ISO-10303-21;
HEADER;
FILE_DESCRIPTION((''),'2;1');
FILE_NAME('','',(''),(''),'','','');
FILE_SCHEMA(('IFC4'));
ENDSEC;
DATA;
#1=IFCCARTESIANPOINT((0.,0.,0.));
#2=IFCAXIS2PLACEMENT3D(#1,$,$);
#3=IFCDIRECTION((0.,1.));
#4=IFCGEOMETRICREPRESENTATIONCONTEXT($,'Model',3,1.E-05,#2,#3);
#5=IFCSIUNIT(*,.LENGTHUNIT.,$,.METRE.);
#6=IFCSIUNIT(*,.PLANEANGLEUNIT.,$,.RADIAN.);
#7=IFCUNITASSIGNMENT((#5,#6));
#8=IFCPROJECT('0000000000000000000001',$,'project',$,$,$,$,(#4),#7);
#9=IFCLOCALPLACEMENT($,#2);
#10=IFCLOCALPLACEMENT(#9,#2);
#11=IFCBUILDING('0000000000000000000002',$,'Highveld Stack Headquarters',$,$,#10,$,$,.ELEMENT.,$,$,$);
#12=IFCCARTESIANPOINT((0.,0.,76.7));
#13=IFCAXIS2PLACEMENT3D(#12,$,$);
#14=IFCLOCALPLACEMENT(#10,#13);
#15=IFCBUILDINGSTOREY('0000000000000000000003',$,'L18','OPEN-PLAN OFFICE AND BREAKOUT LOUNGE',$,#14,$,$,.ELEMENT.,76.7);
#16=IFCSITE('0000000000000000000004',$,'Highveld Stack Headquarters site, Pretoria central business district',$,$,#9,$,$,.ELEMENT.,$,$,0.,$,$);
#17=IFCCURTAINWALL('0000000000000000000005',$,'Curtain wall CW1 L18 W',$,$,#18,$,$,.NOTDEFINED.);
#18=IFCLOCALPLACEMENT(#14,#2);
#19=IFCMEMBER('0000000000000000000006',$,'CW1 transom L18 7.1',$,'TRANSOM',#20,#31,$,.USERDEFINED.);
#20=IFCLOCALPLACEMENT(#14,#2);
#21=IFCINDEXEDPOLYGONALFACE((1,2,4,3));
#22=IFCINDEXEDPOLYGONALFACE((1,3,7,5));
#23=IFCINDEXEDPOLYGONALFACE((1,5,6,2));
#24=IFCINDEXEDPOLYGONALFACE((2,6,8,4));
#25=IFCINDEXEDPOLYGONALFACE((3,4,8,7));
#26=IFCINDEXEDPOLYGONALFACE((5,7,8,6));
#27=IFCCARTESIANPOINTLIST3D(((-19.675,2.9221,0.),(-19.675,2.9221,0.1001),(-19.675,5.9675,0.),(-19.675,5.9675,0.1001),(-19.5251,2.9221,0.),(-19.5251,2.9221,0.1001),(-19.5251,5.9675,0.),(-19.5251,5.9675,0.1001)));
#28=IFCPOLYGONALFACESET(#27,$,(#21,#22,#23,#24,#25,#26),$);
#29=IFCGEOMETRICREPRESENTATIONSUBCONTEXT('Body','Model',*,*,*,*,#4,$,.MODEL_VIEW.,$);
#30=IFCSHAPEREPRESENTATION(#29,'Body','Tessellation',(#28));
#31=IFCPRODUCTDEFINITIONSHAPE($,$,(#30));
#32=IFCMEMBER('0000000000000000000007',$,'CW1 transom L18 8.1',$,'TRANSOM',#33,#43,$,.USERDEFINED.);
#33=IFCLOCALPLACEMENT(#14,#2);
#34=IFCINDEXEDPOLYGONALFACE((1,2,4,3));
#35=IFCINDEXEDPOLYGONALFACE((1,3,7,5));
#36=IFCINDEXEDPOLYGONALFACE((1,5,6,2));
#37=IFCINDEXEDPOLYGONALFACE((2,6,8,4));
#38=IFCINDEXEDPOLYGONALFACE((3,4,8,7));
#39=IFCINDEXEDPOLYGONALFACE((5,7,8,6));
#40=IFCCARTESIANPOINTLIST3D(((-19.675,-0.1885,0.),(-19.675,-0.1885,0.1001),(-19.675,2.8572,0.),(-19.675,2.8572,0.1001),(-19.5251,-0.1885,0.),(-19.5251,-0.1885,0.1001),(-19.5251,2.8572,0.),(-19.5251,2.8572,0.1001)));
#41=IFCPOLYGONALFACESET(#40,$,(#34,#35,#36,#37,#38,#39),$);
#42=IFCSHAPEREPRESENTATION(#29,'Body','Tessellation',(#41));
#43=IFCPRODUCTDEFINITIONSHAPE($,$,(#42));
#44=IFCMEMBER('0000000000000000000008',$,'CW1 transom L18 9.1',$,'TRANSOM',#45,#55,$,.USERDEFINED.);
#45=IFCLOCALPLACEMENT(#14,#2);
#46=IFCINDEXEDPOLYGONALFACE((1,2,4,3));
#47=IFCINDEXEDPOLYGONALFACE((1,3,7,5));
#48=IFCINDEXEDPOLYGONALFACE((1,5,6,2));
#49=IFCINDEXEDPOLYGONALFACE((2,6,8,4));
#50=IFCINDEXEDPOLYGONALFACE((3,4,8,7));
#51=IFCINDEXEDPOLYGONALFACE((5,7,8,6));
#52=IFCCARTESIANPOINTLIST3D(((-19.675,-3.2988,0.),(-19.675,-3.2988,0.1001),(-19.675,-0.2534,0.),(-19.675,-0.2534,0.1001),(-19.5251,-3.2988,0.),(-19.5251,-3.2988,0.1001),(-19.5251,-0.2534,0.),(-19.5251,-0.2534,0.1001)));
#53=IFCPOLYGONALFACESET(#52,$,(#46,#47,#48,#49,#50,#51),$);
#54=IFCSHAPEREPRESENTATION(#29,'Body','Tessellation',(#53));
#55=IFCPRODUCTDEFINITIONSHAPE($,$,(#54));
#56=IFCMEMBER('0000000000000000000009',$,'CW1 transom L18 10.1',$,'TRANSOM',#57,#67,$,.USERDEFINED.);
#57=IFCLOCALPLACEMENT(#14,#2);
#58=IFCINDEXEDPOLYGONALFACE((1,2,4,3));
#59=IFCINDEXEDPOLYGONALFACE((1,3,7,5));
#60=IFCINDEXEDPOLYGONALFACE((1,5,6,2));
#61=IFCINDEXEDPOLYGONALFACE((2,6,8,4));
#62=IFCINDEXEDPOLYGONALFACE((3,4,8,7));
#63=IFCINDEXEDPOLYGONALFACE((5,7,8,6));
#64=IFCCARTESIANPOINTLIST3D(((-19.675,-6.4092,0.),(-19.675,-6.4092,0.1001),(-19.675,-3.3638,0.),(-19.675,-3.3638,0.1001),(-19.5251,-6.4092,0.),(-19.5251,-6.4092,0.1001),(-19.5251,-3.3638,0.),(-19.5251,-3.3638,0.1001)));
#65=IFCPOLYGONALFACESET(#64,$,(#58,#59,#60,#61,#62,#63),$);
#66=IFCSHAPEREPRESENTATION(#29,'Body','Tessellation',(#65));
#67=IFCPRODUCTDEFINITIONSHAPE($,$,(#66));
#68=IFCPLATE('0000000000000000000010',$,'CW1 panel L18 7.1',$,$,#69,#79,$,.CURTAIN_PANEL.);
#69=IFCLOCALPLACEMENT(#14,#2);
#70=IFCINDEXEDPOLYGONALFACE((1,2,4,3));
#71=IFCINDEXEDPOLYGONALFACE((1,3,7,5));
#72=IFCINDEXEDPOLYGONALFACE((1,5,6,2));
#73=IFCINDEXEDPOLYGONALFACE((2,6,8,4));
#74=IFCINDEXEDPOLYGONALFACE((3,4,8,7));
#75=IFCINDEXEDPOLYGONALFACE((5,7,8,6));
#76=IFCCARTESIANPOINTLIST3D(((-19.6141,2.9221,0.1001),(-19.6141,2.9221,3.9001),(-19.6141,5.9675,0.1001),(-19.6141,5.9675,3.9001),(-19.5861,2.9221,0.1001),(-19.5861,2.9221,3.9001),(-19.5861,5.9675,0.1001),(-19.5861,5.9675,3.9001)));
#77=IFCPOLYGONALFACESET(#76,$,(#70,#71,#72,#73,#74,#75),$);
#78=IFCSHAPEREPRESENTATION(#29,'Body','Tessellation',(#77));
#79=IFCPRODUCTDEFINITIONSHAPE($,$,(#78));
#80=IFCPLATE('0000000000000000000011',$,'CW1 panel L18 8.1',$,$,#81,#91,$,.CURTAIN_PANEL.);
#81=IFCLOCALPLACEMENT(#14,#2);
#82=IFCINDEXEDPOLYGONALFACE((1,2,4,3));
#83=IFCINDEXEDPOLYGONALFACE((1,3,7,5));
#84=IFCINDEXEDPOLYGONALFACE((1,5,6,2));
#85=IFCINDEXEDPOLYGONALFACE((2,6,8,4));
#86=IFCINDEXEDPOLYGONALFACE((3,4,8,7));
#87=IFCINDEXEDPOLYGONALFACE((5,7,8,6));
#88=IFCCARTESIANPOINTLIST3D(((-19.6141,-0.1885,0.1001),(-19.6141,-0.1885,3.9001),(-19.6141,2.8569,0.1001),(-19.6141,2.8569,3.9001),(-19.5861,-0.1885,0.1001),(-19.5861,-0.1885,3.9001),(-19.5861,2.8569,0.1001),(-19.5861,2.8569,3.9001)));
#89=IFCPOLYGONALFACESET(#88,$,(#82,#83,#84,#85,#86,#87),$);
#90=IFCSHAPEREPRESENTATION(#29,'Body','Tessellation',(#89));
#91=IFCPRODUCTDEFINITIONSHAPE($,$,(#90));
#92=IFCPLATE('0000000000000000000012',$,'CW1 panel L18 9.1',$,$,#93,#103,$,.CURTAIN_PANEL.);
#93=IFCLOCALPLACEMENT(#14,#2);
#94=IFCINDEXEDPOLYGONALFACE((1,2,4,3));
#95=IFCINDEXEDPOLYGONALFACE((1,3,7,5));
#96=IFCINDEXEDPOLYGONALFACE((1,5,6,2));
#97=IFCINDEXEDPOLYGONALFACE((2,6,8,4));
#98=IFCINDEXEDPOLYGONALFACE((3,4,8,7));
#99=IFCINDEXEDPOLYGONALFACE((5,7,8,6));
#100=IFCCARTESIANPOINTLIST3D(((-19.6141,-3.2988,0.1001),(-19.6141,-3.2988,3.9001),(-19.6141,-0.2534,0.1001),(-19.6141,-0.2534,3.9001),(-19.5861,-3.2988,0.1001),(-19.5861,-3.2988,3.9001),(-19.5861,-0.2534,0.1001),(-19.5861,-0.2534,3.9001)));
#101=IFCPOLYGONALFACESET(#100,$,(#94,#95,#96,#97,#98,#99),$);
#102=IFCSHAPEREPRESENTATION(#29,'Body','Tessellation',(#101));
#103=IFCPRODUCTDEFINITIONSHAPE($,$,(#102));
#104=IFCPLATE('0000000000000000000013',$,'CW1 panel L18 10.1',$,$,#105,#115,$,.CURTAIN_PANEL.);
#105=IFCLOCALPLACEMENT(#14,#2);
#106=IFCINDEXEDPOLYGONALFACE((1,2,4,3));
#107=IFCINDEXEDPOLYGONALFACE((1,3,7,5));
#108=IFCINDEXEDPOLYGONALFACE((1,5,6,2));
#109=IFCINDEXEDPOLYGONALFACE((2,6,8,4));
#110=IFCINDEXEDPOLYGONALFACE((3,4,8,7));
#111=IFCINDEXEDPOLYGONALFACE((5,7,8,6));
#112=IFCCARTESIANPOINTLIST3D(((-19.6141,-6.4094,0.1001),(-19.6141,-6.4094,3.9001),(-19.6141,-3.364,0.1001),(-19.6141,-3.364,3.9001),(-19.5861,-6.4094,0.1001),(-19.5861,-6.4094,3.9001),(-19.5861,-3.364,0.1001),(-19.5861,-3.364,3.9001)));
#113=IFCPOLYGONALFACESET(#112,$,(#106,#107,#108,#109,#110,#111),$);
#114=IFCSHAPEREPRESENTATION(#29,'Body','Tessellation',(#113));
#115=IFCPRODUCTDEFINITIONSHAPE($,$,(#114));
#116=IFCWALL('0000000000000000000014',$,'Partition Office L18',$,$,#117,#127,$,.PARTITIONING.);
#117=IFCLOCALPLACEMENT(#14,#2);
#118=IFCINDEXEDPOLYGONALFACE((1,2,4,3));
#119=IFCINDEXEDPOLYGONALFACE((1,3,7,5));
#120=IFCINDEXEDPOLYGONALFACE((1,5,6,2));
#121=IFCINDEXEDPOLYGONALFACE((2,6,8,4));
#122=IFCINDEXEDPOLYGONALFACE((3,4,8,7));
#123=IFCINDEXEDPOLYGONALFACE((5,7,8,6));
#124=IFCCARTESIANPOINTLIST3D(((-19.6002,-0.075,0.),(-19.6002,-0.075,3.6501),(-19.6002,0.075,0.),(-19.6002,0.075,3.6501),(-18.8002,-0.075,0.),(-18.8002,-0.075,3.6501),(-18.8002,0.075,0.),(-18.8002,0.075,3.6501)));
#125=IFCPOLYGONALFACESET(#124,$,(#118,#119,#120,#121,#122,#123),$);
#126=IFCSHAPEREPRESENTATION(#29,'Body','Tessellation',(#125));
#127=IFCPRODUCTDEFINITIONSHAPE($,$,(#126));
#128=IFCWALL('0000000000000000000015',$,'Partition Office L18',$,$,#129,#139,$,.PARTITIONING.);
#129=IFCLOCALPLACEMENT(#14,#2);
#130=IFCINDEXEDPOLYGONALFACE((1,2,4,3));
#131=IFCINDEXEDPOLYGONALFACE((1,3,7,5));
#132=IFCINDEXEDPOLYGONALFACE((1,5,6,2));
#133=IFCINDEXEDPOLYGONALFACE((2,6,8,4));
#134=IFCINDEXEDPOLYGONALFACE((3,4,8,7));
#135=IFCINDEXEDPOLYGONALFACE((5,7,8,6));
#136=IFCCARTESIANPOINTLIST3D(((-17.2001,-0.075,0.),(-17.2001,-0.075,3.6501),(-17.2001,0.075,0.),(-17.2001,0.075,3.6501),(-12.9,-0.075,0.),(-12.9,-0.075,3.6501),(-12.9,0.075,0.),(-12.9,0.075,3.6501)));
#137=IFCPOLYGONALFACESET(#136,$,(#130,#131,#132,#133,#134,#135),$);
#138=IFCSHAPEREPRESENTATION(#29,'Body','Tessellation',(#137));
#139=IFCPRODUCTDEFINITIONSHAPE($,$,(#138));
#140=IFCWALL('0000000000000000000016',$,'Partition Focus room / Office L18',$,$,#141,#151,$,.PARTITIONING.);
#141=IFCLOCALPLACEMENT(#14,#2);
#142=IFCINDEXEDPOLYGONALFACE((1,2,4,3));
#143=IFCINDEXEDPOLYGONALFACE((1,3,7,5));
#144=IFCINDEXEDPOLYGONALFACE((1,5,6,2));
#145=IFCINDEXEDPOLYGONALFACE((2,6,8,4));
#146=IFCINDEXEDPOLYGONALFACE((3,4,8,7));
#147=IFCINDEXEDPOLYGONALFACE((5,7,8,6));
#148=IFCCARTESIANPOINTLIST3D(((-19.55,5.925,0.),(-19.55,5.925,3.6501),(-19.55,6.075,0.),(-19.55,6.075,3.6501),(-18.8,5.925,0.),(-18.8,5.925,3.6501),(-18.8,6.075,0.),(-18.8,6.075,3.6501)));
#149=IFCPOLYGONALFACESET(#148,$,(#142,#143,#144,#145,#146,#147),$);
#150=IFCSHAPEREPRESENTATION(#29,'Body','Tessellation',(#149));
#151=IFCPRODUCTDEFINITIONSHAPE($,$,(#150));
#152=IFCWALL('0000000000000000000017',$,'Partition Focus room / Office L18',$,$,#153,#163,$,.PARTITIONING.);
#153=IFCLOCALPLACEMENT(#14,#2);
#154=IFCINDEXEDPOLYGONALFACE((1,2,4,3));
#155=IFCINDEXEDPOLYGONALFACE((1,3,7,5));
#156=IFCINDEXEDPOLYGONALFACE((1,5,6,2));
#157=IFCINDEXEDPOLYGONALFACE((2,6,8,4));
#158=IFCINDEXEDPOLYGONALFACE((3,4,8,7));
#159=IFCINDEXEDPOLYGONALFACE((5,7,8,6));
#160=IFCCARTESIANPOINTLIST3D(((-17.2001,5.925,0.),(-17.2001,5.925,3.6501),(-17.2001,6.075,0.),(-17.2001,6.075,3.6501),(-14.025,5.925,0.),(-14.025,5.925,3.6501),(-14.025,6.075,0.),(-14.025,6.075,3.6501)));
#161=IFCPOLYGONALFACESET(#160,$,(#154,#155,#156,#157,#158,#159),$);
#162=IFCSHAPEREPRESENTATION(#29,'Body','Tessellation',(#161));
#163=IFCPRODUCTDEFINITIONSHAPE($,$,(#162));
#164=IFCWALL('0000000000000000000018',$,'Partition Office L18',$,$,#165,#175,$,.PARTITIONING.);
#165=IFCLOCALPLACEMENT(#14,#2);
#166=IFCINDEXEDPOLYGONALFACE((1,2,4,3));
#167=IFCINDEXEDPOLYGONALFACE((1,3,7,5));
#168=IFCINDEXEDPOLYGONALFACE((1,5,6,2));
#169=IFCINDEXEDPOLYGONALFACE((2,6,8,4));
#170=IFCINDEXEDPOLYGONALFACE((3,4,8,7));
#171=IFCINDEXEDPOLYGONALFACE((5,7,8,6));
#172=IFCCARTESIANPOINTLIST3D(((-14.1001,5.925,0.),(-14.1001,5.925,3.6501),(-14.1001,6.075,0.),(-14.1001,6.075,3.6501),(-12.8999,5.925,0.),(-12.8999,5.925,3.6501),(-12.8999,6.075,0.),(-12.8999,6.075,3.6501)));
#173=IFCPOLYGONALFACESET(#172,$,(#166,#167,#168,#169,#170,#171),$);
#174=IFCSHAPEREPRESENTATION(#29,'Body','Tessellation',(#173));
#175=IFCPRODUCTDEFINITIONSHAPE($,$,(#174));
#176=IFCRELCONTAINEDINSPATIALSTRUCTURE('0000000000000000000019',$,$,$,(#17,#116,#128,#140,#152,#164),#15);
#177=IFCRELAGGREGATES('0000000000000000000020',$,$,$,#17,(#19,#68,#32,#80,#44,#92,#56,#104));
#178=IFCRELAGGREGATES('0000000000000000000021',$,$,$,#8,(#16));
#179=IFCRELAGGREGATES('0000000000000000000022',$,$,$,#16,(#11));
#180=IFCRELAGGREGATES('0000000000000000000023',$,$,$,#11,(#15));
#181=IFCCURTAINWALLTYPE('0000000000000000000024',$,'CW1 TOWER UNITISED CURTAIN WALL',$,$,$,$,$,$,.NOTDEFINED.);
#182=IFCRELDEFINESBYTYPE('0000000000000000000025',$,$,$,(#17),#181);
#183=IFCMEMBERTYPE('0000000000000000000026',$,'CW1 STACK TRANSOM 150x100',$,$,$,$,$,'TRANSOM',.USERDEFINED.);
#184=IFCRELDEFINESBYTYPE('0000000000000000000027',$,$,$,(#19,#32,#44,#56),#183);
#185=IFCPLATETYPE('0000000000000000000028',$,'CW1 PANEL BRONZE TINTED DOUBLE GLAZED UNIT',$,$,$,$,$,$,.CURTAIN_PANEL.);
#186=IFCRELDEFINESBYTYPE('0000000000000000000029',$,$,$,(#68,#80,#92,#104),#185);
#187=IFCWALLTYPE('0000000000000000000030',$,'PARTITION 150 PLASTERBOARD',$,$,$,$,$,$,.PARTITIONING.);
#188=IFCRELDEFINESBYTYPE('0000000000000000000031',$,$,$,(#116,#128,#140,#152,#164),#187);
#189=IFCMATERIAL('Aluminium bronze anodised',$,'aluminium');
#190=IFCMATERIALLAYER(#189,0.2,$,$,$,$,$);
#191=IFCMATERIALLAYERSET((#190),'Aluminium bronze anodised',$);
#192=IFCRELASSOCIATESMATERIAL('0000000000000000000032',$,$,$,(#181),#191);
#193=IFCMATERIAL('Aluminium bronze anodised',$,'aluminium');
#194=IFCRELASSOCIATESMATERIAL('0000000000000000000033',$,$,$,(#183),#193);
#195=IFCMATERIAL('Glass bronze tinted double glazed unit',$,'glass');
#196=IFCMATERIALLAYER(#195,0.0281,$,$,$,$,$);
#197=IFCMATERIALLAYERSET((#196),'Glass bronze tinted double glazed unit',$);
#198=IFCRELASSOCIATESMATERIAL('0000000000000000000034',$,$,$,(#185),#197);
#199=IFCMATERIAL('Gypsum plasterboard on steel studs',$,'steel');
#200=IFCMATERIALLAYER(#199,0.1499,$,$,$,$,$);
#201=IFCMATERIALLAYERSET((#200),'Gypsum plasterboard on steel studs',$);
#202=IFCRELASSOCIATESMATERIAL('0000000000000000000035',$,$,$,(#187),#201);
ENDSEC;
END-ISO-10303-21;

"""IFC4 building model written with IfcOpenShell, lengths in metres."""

from ifc_helpers import new_model, si_unit, direction, frame, frame_2d, origin, origin_2d, place, context, subcontext, project, spatial, rectangle, extrude, material, layer, layer_set, material_profile, profile_set, type_object, element, aggregate, save


model = new_model("IFC4")

# Units and contexts
model_context = context("Model", 3, precision=1e-05, world=origin(), true_north=direction((0.0, 1.0)))
body_context = subcontext(model_context, "Body", "Model", "MODEL_VIEW")
ifc_project = project(units=[si_unit("LENGTHUNIT", "METRE"), si_unit("PLANEANGLEUNIT", "RADIAN")], contexts=[model_context])

# Site, building, storey
site_placement = place(None, origin())
site = spatial("IfcSite", under=ifc_project, at=site_placement, Name="Highveld Stack Headquarters site, Pretoria central business district", CompositionType="ELEMENT", RefElevation=0.0)
building_placement = place(site_placement, origin())
building = spatial("IfcBuilding", under=site, at=building_placement, Name="Highveld Stack Headquarters", CompositionType="ELEMENT")
storey_placement = place(building_placement, frame((0.0, 0.0, 76.7)))
storey = spatial("IfcBuildingStorey", under=building, at=storey_placement, Name="L18", Description="OPEN-PLAN OFFICE AND BREAKOUT LOUNGE", CompositionType="ELEMENT", Elevation=76.7)

# Curtain wall, members, plates
ifc_material_1 = material(Name="Aluminium bronze anodised", Category="aluminium")
ifc_layer_1 = layer(ifc_material_1, 0.2)
ifc_layer_set_1 = layer_set([ifc_layer_1], Name="Aluminium bronze anodised")
curtain_wall_type = type_object("IfcCurtainWallType", Name="CW1 TOWER UNITISED CURTAIN WALL", PredefinedType="NOTDEFINED", material=ifc_layer_set_1)
curtain_wall_placement = place(storey_placement, origin())
curtain_wall = element("IfcCurtainWall", 1, at=curtain_wall_placement, inside=storey, type_object=curtain_wall_type, Name="Curtain wall CW1 L18 W", PredefinedType="NOTDEFINED")
ifc_material_2 = material(Name="Aluminium bronze anodised", Category="aluminium")
ifc_material_profile_1 = material_profile(ifc_material_2, rectangle(XDim=0.1499, YDim=0.1001, at=origin_2d()), Name="CW1 TRANSOM 150x100")
ifc_profile_set_1 = profile_set([ifc_material_profile_1], Name="Aluminium bronze anodised")
member_type_1 = type_object("IfcMemberType", Name="CW1 STACK TRANSOM 150x100", ElementType="TRANSOM", PredefinedType="USERDEFINED", material=ifc_profile_set_1)
member_1_placement = place(storey_placement, frame((-19.6001, 5.9675, 0.05), z_axis=(0.0, -1.0, 0.0), x_axis=(1.0, 0.0, 0.0)))
member_1 = element("IfcMember", 2, at=member_1_placement, type_object=member_type_1, Name="CW1 transom L18 7.1", ObjectType="TRANSOM", PredefinedType="USERDEFINED", context=body_context, shape_type="SweptSolid", body=[
    extrude(rectangle(XDim=0.1499, YDim=0.1001, at=origin_2d()), origin(), (0.0, 0.0, 1.0), 3.0454),
])
member_2_placement = place(storey_placement, frame((-19.6001, 2.8572, 0.05), z_axis=(0.0, -1.0, 0.0), x_axis=(1.0, 0.0, 0.0)))
member_2 = element("IfcMember", 3, at=member_2_placement, type_object=member_type_1, Name="CW1 transom L18 8.1", ObjectType="TRANSOM", PredefinedType="USERDEFINED", context=body_context, shape_type="SweptSolid", body=[
    extrude(rectangle(XDim=0.1499, YDim=0.1001, at=origin_2d()), origin(), (0.0, 0.0, 1.0), 3.0457),
])
member_3_placement = place(storey_placement, frame((-19.6001, -0.2534, 0.05), z_axis=(0.0, -1.0, 0.0), x_axis=(1.0, 0.0, 0.0)))
member_3 = element("IfcMember", 4, at=member_3_placement, type_object=member_type_1, Name="CW1 transom L18 9.1", ObjectType="TRANSOM", PredefinedType="USERDEFINED", context=body_context, shape_type="SweptSolid", body=[
    extrude(rectangle(XDim=0.1499, YDim=0.1001, at=origin_2d()), origin(), (0.0, 0.0, 1.0), 3.0454),
])
member_4_placement = place(storey_placement, frame((-19.6001, -3.3638, 0.05), z_axis=(0.0, -1.0, 0.0), x_axis=(1.0, 0.0, 0.0)))
member_4 = element("IfcMember", 5, at=member_4_placement, type_object=member_type_1, Name="CW1 transom L18 10.1", ObjectType="TRANSOM", PredefinedType="USERDEFINED", context=body_context, shape_type="SweptSolid", body=[
    extrude(rectangle(XDim=0.1499, YDim=0.1001, at=origin_2d()), origin(), (0.0, 0.0, 1.0), 3.0454),
])
ifc_material_3 = material(Name="Glass bronze tinted double glazed unit", Category="glass")
ifc_layer_2 = layer(ifc_material_3, 0.0281)
ifc_layer_set_2 = layer_set([ifc_layer_2], Name="Glass bronze tinted double glazed unit")
plate_type = type_object("IfcPlateType", Name="CW1 PANEL BRONZE TINTED DOUBLE GLAZED UNIT", PredefinedType="CURTAIN_PANEL", material=ifc_layer_set_2)
plate_1_placement = place(storey_placement, frame((-19.6001, 4.4448, 0.1001), z_axis=(0.0, 0.0, 1.0), x_axis=(0.0, -1.0, 0.0)))
plate_1 = element("IfcPlate", 6, at=plate_1_placement, type_object=plate_type, Name="CW1 panel L18 7.1", PredefinedType="CURTAIN_PANEL", context=body_context, shape_type="SweptSolid", body=[
    extrude(rectangle(XDim=3.0454, YDim=0.0281, at=origin_2d()), origin(), (0.0, 0.0, 1.0), 3.8),
])
plate_2_placement = place(storey_placement, frame((-19.6001, 1.3342, 0.1001), z_axis=(0.0, 0.0, 1.0), x_axis=(0.0, -1.0, 0.0)))
plate_2 = element("IfcPlate", 7, at=plate_2_placement, type_object=plate_type, Name="CW1 panel L18 8.1", PredefinedType="CURTAIN_PANEL", context=body_context, shape_type="SweptSolid", body=[
    extrude(rectangle(XDim=3.0454, YDim=0.0281, at=origin_2d()), origin(), (0.0, 0.0, 1.0), 3.8),
])
plate_3_placement = place(storey_placement, frame((-19.6001, -1.7761, 0.1001), z_axis=(0.0, 0.0, 1.0), x_axis=(0.0, -1.0, 0.0)))
plate_3 = element("IfcPlate", 8, at=plate_3_placement, type_object=plate_type, Name="CW1 panel L18 9.1", PredefinedType="CURTAIN_PANEL", context=body_context, shape_type="SweptSolid", body=[
    extrude(rectangle(XDim=3.0454, YDim=0.0281, at=origin_2d()), origin(), (0.0, 0.0, 1.0), 3.8),
])
plate_4_placement = place(storey_placement, frame((-19.6001, -4.8867, 0.1001), z_axis=(0.0, 0.0, 1.0), x_axis=(0.0, -1.0, 0.0)))
plate_4 = element("IfcPlate", 9, at=plate_4_placement, type_object=plate_type, Name="CW1 panel L18 10.1", PredefinedType="CURTAIN_PANEL", context=body_context, shape_type="SweptSolid", body=[
    extrude(rectangle(XDim=3.0454, YDim=0.0281, at=origin_2d()), origin(), (0.0, 0.0, 1.0), 3.8),
])
aggregate(curtain_wall, [member_1, plate_1, member_2, plate_2, member_3, plate_3, member_4, plate_4])

# Walls
ifc_material_4 = material(Name="Gypsum plasterboard on steel studs", Category="steel")
ifc_layer_3 = layer(ifc_material_4, 0.1499)
ifc_layer_set_3 = layer_set([ifc_layer_3], Name="Gypsum plasterboard on steel studs")
wall_type = type_object("IfcWallType", Name="PARTITION 150 PLASTERBOARD", PredefinedType="PARTITIONING", material=ifc_layer_set_3)
wall_1_placement = place(storey_placement, frame((-19.6001, 0.0, 0.0), z_axis=(0.0, 0.0, 1.0), x_axis=(1.0, 0.0, 0.0)))
element("IfcWall", 10, at=wall_1_placement, inside=storey, type_object=wall_type, Name="Partition Office L18", PredefinedType="PARTITIONING", context=body_context, shape_type="SweptSolid", body=[
    extrude(rectangle(XDim=0.8, YDim=0.1499, at=frame_2d((0.3999, 0.0))), origin(), (0.0, 0.0, 1.0), 3.6501),
])
wall_2_placement = place(storey_placement, frame((-17.2, 0.0, 0.0), z_axis=(0.0, 0.0, 1.0), x_axis=(1.0, 0.0, 0.0)))
element("IfcWall", 11, at=wall_2_placement, inside=storey, type_object=wall_type, Name="Partition Office L18", PredefinedType="PARTITIONING", context=body_context, shape_type="SweptSolid", body=[
    extrude(rectangle(XDim=4.3, YDim=0.1499, at=frame_2d((2.1499, 0.0))), origin(), (0.0, 0.0, 1.0), 3.6501),
])
wall_3_placement = place(storey_placement, frame((-19.55, 6.0, 0.0), z_axis=(0.0, 0.0, 1.0), x_axis=(1.0, 0.0, 0.0)))
element("IfcWall", 12, at=wall_3_placement, inside=storey, type_object=wall_type, Name="Partition Focus room / Office L18", PredefinedType="PARTITIONING", context=body_context, shape_type="SweptSolid", body=[
    extrude(rectangle(XDim=0.75, YDim=0.1499, at=frame_2d((0.375, 0.0))), origin(), (0.0, 0.0, 1.0), 3.6501),
])
wall_4_placement = place(storey_placement, frame((-17.2, 6.0, 0.0), z_axis=(0.0, 0.0, 1.0), x_axis=(1.0, 0.0, 0.0)))
element("IfcWall", 13, at=wall_4_placement, inside=storey, type_object=wall_type, Name="Partition Focus room / Office L18", PredefinedType="PARTITIONING", context=body_context, shape_type="SweptSolid", body=[
    extrude(rectangle(XDim=3.175, YDim=0.1499, at=frame_2d((1.5874, 0.0))), origin(), (0.0, 0.0, 1.0), 3.6501),
])
wall_5_placement = place(storey_placement, frame((-14.1001, 6.0, 0.0), z_axis=(0.0, 0.0, 1.0), x_axis=(1.0, 0.0, 0.0)))
element("IfcWall", 14, at=wall_5_placement, inside=storey, type_object=wall_type, Name="Partition Office L18", PredefinedType="PARTITIONING", context=body_context, shape_type="SweptSolid", body=[
    extrude(rectangle(XDim=1.2002, YDim=0.1499, at=frame_2d((0.6001, 0.0))), origin(), (0.0, 0.0, 1.0), 3.6501),
])

save(model, "model.ifc")
